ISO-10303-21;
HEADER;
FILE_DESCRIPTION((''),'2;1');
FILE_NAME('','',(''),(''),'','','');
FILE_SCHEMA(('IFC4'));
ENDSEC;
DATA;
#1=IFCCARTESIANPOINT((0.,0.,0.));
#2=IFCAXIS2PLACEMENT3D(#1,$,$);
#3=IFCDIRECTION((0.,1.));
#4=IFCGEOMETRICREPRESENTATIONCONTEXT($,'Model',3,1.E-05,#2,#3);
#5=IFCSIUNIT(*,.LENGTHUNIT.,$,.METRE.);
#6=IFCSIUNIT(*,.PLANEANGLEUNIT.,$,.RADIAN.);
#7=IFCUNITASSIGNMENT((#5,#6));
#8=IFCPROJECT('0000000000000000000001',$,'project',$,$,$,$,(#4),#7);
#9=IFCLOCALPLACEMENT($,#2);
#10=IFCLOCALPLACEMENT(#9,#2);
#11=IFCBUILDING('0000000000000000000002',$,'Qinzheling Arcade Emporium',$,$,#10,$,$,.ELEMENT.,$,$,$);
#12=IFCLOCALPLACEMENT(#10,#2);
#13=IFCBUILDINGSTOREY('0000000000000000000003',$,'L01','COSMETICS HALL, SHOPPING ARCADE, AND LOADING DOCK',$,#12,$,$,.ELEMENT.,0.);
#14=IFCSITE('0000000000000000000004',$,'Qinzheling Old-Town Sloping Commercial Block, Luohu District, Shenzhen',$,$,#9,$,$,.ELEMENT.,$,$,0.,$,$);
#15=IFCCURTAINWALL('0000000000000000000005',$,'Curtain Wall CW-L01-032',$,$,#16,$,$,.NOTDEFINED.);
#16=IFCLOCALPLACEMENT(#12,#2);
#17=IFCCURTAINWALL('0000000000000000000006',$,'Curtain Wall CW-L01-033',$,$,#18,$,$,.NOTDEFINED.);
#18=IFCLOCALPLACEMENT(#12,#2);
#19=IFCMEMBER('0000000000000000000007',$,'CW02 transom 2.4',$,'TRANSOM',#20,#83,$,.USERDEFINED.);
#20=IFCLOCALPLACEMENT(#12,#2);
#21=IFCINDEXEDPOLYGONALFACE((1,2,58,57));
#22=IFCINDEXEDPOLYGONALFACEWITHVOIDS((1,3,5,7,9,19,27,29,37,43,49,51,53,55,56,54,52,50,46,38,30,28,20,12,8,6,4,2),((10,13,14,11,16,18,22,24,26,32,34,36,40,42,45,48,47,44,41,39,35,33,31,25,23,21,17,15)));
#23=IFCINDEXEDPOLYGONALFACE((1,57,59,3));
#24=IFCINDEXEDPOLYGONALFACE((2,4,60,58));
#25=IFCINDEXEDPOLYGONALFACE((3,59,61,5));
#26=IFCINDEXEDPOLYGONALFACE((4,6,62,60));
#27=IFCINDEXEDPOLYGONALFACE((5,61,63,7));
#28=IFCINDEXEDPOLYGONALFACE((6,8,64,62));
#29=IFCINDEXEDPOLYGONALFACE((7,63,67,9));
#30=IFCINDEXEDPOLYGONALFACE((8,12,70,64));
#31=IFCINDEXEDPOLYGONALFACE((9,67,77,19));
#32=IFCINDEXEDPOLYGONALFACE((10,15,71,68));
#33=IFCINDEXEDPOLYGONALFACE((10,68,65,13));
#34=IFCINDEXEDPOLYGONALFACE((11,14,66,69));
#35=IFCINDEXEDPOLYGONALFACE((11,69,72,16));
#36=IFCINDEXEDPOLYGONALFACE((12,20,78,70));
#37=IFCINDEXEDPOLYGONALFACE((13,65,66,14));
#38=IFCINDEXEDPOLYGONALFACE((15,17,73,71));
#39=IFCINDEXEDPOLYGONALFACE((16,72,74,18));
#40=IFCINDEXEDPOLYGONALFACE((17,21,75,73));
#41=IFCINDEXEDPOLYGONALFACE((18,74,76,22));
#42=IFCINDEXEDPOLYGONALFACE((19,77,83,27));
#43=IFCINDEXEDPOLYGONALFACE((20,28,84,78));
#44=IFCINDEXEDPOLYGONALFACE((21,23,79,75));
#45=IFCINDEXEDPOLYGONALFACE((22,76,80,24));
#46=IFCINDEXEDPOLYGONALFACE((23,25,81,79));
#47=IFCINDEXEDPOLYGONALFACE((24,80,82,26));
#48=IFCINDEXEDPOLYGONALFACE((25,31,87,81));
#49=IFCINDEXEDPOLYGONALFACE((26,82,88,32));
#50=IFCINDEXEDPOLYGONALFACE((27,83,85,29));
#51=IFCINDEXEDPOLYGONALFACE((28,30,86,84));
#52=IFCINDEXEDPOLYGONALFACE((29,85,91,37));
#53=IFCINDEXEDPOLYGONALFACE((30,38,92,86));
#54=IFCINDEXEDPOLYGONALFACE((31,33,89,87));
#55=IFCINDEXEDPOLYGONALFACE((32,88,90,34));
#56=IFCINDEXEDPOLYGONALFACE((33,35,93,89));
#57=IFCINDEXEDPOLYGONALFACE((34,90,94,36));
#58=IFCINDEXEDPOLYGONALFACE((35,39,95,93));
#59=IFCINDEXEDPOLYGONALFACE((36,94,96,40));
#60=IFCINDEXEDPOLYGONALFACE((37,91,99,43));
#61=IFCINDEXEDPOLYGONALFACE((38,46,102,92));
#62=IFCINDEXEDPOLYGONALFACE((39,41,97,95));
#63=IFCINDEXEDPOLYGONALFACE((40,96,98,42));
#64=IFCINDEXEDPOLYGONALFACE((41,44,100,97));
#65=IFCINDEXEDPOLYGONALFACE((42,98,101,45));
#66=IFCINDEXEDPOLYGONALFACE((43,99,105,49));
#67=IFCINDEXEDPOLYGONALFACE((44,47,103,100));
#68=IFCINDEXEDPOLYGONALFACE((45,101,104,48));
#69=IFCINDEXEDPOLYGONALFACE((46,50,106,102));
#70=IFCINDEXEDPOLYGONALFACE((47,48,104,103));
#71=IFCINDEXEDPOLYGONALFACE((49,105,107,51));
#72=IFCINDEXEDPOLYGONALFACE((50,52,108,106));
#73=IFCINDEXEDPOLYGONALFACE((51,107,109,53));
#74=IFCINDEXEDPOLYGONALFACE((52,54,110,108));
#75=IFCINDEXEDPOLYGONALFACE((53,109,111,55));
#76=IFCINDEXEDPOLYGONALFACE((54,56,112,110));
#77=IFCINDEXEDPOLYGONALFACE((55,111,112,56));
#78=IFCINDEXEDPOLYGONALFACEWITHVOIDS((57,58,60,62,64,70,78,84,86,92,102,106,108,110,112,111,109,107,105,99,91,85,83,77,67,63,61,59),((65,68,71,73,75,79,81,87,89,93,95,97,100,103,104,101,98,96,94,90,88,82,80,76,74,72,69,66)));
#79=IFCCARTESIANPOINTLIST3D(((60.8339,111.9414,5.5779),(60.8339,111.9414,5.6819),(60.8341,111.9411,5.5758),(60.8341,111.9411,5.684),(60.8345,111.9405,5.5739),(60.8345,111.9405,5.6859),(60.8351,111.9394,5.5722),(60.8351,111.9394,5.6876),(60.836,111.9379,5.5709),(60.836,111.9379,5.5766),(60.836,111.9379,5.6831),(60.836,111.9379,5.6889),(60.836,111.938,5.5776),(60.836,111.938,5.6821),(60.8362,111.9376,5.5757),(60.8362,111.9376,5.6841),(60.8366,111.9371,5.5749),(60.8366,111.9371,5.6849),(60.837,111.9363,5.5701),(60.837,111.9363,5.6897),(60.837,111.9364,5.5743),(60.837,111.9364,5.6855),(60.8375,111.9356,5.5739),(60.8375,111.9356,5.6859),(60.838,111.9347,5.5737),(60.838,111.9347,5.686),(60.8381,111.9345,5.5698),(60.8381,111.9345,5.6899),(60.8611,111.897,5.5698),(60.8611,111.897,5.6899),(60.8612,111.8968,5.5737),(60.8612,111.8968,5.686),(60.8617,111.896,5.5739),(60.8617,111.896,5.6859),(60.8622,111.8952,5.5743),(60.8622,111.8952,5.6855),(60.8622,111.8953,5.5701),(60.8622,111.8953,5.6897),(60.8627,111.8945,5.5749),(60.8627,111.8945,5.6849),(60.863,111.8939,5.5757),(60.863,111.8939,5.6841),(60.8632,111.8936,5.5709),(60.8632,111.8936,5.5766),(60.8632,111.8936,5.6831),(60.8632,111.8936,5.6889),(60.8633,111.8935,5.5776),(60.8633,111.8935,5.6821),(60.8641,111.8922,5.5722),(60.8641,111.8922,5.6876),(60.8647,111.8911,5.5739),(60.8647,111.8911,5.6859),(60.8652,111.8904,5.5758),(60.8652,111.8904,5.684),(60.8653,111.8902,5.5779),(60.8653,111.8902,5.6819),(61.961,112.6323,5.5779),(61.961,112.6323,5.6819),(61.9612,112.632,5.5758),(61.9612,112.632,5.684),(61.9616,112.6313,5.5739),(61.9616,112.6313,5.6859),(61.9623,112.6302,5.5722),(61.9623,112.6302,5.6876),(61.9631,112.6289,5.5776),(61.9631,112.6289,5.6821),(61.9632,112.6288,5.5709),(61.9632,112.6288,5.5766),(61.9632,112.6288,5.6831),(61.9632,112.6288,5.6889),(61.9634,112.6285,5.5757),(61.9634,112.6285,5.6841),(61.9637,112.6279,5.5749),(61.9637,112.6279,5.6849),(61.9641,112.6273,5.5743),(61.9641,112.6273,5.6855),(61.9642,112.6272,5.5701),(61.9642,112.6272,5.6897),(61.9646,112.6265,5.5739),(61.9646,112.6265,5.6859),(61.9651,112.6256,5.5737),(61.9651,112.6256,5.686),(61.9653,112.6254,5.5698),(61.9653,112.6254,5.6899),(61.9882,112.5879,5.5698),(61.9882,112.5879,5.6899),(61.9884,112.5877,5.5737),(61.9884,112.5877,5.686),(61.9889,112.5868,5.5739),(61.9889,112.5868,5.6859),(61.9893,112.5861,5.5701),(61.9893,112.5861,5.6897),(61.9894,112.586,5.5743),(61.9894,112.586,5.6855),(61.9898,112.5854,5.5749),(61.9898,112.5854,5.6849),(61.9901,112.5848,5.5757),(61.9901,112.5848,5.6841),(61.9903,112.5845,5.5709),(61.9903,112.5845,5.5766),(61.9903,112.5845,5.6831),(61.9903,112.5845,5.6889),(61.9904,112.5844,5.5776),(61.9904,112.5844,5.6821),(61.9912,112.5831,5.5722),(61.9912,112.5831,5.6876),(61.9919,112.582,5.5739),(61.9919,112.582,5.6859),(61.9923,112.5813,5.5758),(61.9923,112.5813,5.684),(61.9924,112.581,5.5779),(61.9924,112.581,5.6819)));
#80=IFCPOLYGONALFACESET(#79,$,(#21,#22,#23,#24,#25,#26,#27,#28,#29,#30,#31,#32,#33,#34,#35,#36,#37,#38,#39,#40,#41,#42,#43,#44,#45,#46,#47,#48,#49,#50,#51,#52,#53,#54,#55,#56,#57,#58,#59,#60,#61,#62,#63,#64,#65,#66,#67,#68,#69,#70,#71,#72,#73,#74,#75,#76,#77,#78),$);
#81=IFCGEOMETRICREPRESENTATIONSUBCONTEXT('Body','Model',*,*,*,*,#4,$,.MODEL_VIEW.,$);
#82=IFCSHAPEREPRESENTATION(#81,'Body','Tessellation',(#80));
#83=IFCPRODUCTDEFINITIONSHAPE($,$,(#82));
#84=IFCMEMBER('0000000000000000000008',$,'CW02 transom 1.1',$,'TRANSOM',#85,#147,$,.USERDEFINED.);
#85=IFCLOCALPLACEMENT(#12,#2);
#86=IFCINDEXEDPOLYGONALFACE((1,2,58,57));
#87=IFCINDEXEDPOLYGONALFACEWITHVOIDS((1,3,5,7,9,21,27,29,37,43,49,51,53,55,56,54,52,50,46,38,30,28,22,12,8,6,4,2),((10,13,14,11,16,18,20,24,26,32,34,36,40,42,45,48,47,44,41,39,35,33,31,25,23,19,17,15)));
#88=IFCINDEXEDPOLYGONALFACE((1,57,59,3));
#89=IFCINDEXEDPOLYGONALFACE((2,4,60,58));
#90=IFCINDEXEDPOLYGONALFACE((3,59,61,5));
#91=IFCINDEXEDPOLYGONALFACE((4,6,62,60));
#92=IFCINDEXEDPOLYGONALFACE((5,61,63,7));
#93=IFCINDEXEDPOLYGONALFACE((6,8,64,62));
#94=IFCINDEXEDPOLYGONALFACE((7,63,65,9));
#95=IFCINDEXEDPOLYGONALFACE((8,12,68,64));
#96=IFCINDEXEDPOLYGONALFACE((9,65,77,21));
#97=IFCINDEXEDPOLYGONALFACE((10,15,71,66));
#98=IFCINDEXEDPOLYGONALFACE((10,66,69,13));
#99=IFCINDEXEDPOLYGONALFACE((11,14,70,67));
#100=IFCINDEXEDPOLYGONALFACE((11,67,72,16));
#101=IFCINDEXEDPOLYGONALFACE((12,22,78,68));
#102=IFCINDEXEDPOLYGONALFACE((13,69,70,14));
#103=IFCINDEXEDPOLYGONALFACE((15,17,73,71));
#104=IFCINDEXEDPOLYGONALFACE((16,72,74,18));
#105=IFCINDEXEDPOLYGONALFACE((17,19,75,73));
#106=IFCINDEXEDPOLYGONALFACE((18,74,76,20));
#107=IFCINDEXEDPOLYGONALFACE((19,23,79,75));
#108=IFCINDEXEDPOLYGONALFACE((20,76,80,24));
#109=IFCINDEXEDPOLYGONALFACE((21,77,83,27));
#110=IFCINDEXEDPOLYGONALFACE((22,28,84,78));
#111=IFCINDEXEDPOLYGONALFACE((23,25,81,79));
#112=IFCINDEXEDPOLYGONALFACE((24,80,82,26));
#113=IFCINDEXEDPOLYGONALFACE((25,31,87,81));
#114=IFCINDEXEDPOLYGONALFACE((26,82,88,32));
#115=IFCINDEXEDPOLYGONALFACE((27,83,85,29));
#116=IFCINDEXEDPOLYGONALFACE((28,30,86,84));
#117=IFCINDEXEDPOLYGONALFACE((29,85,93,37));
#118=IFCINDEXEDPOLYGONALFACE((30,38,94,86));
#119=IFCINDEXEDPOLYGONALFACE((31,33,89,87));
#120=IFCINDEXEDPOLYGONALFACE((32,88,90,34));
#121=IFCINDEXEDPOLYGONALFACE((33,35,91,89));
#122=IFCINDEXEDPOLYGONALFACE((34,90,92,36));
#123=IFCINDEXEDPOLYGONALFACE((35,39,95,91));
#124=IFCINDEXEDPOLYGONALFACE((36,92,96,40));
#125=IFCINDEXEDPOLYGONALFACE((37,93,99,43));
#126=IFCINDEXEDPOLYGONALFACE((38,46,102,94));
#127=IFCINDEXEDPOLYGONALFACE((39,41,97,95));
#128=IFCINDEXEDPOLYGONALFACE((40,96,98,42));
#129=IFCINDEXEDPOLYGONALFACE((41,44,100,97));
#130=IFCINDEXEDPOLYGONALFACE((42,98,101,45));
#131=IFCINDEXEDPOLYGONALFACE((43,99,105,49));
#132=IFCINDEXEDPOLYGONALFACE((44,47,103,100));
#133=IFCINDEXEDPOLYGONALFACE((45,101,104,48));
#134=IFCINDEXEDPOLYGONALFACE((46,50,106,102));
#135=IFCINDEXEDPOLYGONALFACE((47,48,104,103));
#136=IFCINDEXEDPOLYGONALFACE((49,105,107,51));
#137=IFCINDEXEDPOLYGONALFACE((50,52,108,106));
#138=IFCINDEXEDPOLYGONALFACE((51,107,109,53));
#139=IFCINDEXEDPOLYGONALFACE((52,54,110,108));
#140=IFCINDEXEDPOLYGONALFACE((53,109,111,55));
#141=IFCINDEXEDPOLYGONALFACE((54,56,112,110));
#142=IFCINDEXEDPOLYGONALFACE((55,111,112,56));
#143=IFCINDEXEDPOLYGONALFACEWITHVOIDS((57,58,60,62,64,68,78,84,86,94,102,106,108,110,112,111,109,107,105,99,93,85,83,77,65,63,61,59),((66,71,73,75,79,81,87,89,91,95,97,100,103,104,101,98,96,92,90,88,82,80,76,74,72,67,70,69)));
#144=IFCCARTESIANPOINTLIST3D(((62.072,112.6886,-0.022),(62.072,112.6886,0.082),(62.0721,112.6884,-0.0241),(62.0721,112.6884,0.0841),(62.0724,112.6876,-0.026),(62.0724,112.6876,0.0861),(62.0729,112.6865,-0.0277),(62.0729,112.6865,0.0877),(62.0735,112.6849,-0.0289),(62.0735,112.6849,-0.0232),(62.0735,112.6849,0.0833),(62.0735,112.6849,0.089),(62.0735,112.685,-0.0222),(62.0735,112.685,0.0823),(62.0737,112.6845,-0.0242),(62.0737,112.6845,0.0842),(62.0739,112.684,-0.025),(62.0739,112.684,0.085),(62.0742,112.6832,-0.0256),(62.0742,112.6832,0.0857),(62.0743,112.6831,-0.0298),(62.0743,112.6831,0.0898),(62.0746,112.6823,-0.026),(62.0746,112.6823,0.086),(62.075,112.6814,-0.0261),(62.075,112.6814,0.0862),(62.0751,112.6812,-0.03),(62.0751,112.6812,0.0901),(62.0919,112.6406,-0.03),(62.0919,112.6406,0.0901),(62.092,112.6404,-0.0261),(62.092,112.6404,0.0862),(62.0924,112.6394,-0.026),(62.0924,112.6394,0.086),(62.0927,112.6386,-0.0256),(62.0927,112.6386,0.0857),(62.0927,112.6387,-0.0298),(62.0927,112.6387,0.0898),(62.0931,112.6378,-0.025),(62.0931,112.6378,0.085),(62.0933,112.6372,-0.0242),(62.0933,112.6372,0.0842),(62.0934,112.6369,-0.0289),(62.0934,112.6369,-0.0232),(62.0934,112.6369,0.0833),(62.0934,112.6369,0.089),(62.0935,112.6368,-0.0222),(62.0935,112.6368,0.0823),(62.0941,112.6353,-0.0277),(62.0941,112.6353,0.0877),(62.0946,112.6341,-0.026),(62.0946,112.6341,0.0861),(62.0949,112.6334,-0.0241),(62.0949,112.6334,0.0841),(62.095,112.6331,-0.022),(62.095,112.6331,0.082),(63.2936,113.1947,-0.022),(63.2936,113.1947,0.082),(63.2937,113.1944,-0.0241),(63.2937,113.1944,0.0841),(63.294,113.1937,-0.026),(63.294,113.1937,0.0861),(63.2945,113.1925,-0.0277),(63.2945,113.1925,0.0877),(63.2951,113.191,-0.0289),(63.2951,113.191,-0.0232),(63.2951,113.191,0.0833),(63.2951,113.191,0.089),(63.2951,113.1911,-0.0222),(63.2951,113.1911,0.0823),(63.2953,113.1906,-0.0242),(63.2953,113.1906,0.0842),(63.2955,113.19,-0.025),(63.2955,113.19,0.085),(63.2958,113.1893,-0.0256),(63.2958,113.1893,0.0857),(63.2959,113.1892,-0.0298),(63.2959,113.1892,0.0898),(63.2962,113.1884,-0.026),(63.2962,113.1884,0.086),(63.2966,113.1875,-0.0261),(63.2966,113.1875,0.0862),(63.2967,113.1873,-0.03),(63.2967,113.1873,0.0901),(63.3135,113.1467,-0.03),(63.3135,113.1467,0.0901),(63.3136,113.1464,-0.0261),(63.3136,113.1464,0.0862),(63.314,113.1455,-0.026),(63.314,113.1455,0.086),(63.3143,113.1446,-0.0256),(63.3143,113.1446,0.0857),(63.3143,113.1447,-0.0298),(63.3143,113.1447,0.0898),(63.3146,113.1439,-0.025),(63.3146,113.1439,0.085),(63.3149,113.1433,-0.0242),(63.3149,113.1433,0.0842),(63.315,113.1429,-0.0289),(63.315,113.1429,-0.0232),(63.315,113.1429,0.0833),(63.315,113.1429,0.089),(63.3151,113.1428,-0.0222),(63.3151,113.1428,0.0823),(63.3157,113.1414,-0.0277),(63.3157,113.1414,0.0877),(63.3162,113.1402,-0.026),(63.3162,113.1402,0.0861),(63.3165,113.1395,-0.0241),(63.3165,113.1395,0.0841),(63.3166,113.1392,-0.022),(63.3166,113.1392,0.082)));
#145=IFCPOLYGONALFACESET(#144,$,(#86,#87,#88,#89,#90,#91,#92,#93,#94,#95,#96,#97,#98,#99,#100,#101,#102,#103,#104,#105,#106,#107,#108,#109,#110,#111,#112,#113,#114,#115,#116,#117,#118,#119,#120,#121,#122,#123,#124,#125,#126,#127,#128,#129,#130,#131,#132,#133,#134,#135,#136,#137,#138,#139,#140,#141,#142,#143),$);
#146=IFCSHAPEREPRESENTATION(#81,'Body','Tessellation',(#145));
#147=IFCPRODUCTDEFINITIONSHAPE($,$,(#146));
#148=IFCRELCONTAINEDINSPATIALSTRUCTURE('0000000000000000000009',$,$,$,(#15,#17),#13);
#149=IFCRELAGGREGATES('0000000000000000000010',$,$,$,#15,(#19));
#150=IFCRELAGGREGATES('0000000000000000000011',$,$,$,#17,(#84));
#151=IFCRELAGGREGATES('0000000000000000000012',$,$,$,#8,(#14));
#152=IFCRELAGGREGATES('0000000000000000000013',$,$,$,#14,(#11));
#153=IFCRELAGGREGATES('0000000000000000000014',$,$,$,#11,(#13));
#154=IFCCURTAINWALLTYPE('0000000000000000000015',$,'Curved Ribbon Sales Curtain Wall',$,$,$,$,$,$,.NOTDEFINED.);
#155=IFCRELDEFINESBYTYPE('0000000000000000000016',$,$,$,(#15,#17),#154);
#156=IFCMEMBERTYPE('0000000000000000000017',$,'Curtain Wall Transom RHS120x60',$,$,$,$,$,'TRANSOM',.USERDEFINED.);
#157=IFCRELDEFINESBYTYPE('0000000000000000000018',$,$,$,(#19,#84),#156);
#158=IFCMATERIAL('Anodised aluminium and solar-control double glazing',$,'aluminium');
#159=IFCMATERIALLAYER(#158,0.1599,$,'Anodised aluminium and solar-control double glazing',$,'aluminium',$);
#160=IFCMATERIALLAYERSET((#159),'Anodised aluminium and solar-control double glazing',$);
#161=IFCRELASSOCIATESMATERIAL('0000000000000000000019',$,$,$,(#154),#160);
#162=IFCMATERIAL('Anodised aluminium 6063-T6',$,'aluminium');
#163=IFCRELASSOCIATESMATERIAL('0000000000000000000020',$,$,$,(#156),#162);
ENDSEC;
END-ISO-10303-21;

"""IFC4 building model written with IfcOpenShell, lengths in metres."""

from ifc_helpers import new_model, si_unit, direction, frame, origin, origin_2d, place, context, subcontext, project, spatial, hollow_rectangle, extrude, material, layer, layer_set, material_profile, profile_set, type_object, element, aggregate, save


model = new_model("IFC4")

# Units and contexts
model_context = context("Model", 3, precision=1e-05, world=origin(), true_north=direction((0.0, 1.0)))
body_context = subcontext(model_context, "Body", "Model", "MODEL_VIEW")
ifc_project = project(units=[si_unit("LENGTHUNIT", "METRE"), si_unit("PLANEANGLEUNIT", "RADIAN")], contexts=[model_context])

# Site, building, storey
site_placement = place(None, origin())
site = spatial("IfcSite", under=ifc_project, at=site_placement, Name="Qinzheling Old-Town Sloping Commercial Block, Luohu District, Shenzhen", CompositionType="ELEMENT", RefElevation=0.0)
building_placement = place(site_placement, origin())
building = spatial("IfcBuilding", under=site, at=building_placement, Name="Qinzheling Arcade Emporium", CompositionType="ELEMENT")
storey_placement = place(building_placement, origin())
storey = spatial("IfcBuildingStorey", under=building, at=storey_placement, Name="L01", Description="COSMETICS HALL, SHOPPING ARCADE, AND LOADING DOCK", CompositionType="ELEMENT", Elevation=0.0)

# Shared definitions
ifc_material_1 = material(Name="Anodised aluminium and solar-control double glazing", Category="aluminium")
ifc_layer_1 = layer(ifc_material_1, 0.1599, Name="Anodised aluminium and solar-control double glazing", Category="aluminium")
ifc_layer_set_1 = layer_set([ifc_layer_1], Name="Anodised aluminium and solar-control double glazing")
curtain_wall_type = type_object("IfcCurtainWallType", Name="Curved Ribbon Sales Curtain Wall", PredefinedType="NOTDEFINED", material=ifc_layer_set_1)
ifc_material_2 = material(Name="Anodised aluminium 6063-T6", Category="aluminium")

# Curtain walls
curtain_wall_1_placement = place(storey_placement, origin())
curtain_wall_1 = element("IfcCurtainWall", 1, at=curtain_wall_1_placement, inside=storey, type_object=curtain_wall_type, Name="Curtain Wall CW-L01-032", PredefinedType="NOTDEFINED")
curtain_wall_2_placement = place(storey_placement, origin())
curtain_wall_2 = element("IfcCurtainWall", 2, at=curtain_wall_2_placement, inside=storey, type_object=curtain_wall_type, Name="Curtain Wall CW-L01-033", PredefinedType="NOTDEFINED")

# Members
ifc_material_profile_1 = material_profile(ifc_material_2, hollow_rectangle(XDim=0.0601, YDim=0.1201, WallThickness=0.0039, InnerFilletRadius=0.0039, OuterFilletRadius=0.0081, at=origin_2d()), Name="RHS 120x60x4", Category="aluminium")
ifc_profile_set_1 = profile_set([ifc_material_profile_1], Name="Anodised aluminium 6063-T6")
member_type_1 = type_object("IfcMemberType", Name="Curtain Wall Transom RHS120x60", ElementType="TRANSOM", PredefinedType="USERDEFINED", material=ifc_profile_set_1)
member_1_placement = place(storey_placement, frame((60.8496, 111.9158, 5.6299), z_axis=(0.852583, 0.522592, 0.0), x_axis=(-0.522592, 0.852583, 0.0)))
member_1 = element("IfcMember", 3, at=member_1_placement, type_object=member_type_1, Name="CW02 transom 2.4", ObjectType="TRANSOM", PredefinedType="USERDEFINED", context=body_context, shape_type="SweptSolid", body=[
    extrude(hollow_rectangle(XDim=0.0601, YDim=0.1201, WallThickness=0.0039, InnerFilletRadius=0.0039, OuterFilletRadius=0.0081, at=origin_2d()), origin(), (0.0, 0.0, 1.0), 1.322),
])
member_2_placement = place(storey_placement, frame((62.0835, 112.6609, 0.03), z_axis=(0.923862, 0.382727, 0.0), x_axis=(-0.382727, 0.923862, 0.0)))
member_2 = element("IfcMember", 4, at=member_2_placement, type_object=member_type_1, Name="CW02 transom 1.1", ObjectType="TRANSOM", PredefinedType="USERDEFINED", context=body_context, shape_type="SweptSolid", body=[
    extrude(hollow_rectangle(XDim=0.0601, YDim=0.1201, WallThickness=0.0039, InnerFilletRadius=0.0039, OuterFilletRadius=0.0081, at=origin_2d()), origin(), (0.0, 0.0, 1.0), 1.3223),
])

aggregate(curtain_wall_1, [member_1])
aggregate(curtain_wall_2, [member_2])

save(model, "model.ifc")
